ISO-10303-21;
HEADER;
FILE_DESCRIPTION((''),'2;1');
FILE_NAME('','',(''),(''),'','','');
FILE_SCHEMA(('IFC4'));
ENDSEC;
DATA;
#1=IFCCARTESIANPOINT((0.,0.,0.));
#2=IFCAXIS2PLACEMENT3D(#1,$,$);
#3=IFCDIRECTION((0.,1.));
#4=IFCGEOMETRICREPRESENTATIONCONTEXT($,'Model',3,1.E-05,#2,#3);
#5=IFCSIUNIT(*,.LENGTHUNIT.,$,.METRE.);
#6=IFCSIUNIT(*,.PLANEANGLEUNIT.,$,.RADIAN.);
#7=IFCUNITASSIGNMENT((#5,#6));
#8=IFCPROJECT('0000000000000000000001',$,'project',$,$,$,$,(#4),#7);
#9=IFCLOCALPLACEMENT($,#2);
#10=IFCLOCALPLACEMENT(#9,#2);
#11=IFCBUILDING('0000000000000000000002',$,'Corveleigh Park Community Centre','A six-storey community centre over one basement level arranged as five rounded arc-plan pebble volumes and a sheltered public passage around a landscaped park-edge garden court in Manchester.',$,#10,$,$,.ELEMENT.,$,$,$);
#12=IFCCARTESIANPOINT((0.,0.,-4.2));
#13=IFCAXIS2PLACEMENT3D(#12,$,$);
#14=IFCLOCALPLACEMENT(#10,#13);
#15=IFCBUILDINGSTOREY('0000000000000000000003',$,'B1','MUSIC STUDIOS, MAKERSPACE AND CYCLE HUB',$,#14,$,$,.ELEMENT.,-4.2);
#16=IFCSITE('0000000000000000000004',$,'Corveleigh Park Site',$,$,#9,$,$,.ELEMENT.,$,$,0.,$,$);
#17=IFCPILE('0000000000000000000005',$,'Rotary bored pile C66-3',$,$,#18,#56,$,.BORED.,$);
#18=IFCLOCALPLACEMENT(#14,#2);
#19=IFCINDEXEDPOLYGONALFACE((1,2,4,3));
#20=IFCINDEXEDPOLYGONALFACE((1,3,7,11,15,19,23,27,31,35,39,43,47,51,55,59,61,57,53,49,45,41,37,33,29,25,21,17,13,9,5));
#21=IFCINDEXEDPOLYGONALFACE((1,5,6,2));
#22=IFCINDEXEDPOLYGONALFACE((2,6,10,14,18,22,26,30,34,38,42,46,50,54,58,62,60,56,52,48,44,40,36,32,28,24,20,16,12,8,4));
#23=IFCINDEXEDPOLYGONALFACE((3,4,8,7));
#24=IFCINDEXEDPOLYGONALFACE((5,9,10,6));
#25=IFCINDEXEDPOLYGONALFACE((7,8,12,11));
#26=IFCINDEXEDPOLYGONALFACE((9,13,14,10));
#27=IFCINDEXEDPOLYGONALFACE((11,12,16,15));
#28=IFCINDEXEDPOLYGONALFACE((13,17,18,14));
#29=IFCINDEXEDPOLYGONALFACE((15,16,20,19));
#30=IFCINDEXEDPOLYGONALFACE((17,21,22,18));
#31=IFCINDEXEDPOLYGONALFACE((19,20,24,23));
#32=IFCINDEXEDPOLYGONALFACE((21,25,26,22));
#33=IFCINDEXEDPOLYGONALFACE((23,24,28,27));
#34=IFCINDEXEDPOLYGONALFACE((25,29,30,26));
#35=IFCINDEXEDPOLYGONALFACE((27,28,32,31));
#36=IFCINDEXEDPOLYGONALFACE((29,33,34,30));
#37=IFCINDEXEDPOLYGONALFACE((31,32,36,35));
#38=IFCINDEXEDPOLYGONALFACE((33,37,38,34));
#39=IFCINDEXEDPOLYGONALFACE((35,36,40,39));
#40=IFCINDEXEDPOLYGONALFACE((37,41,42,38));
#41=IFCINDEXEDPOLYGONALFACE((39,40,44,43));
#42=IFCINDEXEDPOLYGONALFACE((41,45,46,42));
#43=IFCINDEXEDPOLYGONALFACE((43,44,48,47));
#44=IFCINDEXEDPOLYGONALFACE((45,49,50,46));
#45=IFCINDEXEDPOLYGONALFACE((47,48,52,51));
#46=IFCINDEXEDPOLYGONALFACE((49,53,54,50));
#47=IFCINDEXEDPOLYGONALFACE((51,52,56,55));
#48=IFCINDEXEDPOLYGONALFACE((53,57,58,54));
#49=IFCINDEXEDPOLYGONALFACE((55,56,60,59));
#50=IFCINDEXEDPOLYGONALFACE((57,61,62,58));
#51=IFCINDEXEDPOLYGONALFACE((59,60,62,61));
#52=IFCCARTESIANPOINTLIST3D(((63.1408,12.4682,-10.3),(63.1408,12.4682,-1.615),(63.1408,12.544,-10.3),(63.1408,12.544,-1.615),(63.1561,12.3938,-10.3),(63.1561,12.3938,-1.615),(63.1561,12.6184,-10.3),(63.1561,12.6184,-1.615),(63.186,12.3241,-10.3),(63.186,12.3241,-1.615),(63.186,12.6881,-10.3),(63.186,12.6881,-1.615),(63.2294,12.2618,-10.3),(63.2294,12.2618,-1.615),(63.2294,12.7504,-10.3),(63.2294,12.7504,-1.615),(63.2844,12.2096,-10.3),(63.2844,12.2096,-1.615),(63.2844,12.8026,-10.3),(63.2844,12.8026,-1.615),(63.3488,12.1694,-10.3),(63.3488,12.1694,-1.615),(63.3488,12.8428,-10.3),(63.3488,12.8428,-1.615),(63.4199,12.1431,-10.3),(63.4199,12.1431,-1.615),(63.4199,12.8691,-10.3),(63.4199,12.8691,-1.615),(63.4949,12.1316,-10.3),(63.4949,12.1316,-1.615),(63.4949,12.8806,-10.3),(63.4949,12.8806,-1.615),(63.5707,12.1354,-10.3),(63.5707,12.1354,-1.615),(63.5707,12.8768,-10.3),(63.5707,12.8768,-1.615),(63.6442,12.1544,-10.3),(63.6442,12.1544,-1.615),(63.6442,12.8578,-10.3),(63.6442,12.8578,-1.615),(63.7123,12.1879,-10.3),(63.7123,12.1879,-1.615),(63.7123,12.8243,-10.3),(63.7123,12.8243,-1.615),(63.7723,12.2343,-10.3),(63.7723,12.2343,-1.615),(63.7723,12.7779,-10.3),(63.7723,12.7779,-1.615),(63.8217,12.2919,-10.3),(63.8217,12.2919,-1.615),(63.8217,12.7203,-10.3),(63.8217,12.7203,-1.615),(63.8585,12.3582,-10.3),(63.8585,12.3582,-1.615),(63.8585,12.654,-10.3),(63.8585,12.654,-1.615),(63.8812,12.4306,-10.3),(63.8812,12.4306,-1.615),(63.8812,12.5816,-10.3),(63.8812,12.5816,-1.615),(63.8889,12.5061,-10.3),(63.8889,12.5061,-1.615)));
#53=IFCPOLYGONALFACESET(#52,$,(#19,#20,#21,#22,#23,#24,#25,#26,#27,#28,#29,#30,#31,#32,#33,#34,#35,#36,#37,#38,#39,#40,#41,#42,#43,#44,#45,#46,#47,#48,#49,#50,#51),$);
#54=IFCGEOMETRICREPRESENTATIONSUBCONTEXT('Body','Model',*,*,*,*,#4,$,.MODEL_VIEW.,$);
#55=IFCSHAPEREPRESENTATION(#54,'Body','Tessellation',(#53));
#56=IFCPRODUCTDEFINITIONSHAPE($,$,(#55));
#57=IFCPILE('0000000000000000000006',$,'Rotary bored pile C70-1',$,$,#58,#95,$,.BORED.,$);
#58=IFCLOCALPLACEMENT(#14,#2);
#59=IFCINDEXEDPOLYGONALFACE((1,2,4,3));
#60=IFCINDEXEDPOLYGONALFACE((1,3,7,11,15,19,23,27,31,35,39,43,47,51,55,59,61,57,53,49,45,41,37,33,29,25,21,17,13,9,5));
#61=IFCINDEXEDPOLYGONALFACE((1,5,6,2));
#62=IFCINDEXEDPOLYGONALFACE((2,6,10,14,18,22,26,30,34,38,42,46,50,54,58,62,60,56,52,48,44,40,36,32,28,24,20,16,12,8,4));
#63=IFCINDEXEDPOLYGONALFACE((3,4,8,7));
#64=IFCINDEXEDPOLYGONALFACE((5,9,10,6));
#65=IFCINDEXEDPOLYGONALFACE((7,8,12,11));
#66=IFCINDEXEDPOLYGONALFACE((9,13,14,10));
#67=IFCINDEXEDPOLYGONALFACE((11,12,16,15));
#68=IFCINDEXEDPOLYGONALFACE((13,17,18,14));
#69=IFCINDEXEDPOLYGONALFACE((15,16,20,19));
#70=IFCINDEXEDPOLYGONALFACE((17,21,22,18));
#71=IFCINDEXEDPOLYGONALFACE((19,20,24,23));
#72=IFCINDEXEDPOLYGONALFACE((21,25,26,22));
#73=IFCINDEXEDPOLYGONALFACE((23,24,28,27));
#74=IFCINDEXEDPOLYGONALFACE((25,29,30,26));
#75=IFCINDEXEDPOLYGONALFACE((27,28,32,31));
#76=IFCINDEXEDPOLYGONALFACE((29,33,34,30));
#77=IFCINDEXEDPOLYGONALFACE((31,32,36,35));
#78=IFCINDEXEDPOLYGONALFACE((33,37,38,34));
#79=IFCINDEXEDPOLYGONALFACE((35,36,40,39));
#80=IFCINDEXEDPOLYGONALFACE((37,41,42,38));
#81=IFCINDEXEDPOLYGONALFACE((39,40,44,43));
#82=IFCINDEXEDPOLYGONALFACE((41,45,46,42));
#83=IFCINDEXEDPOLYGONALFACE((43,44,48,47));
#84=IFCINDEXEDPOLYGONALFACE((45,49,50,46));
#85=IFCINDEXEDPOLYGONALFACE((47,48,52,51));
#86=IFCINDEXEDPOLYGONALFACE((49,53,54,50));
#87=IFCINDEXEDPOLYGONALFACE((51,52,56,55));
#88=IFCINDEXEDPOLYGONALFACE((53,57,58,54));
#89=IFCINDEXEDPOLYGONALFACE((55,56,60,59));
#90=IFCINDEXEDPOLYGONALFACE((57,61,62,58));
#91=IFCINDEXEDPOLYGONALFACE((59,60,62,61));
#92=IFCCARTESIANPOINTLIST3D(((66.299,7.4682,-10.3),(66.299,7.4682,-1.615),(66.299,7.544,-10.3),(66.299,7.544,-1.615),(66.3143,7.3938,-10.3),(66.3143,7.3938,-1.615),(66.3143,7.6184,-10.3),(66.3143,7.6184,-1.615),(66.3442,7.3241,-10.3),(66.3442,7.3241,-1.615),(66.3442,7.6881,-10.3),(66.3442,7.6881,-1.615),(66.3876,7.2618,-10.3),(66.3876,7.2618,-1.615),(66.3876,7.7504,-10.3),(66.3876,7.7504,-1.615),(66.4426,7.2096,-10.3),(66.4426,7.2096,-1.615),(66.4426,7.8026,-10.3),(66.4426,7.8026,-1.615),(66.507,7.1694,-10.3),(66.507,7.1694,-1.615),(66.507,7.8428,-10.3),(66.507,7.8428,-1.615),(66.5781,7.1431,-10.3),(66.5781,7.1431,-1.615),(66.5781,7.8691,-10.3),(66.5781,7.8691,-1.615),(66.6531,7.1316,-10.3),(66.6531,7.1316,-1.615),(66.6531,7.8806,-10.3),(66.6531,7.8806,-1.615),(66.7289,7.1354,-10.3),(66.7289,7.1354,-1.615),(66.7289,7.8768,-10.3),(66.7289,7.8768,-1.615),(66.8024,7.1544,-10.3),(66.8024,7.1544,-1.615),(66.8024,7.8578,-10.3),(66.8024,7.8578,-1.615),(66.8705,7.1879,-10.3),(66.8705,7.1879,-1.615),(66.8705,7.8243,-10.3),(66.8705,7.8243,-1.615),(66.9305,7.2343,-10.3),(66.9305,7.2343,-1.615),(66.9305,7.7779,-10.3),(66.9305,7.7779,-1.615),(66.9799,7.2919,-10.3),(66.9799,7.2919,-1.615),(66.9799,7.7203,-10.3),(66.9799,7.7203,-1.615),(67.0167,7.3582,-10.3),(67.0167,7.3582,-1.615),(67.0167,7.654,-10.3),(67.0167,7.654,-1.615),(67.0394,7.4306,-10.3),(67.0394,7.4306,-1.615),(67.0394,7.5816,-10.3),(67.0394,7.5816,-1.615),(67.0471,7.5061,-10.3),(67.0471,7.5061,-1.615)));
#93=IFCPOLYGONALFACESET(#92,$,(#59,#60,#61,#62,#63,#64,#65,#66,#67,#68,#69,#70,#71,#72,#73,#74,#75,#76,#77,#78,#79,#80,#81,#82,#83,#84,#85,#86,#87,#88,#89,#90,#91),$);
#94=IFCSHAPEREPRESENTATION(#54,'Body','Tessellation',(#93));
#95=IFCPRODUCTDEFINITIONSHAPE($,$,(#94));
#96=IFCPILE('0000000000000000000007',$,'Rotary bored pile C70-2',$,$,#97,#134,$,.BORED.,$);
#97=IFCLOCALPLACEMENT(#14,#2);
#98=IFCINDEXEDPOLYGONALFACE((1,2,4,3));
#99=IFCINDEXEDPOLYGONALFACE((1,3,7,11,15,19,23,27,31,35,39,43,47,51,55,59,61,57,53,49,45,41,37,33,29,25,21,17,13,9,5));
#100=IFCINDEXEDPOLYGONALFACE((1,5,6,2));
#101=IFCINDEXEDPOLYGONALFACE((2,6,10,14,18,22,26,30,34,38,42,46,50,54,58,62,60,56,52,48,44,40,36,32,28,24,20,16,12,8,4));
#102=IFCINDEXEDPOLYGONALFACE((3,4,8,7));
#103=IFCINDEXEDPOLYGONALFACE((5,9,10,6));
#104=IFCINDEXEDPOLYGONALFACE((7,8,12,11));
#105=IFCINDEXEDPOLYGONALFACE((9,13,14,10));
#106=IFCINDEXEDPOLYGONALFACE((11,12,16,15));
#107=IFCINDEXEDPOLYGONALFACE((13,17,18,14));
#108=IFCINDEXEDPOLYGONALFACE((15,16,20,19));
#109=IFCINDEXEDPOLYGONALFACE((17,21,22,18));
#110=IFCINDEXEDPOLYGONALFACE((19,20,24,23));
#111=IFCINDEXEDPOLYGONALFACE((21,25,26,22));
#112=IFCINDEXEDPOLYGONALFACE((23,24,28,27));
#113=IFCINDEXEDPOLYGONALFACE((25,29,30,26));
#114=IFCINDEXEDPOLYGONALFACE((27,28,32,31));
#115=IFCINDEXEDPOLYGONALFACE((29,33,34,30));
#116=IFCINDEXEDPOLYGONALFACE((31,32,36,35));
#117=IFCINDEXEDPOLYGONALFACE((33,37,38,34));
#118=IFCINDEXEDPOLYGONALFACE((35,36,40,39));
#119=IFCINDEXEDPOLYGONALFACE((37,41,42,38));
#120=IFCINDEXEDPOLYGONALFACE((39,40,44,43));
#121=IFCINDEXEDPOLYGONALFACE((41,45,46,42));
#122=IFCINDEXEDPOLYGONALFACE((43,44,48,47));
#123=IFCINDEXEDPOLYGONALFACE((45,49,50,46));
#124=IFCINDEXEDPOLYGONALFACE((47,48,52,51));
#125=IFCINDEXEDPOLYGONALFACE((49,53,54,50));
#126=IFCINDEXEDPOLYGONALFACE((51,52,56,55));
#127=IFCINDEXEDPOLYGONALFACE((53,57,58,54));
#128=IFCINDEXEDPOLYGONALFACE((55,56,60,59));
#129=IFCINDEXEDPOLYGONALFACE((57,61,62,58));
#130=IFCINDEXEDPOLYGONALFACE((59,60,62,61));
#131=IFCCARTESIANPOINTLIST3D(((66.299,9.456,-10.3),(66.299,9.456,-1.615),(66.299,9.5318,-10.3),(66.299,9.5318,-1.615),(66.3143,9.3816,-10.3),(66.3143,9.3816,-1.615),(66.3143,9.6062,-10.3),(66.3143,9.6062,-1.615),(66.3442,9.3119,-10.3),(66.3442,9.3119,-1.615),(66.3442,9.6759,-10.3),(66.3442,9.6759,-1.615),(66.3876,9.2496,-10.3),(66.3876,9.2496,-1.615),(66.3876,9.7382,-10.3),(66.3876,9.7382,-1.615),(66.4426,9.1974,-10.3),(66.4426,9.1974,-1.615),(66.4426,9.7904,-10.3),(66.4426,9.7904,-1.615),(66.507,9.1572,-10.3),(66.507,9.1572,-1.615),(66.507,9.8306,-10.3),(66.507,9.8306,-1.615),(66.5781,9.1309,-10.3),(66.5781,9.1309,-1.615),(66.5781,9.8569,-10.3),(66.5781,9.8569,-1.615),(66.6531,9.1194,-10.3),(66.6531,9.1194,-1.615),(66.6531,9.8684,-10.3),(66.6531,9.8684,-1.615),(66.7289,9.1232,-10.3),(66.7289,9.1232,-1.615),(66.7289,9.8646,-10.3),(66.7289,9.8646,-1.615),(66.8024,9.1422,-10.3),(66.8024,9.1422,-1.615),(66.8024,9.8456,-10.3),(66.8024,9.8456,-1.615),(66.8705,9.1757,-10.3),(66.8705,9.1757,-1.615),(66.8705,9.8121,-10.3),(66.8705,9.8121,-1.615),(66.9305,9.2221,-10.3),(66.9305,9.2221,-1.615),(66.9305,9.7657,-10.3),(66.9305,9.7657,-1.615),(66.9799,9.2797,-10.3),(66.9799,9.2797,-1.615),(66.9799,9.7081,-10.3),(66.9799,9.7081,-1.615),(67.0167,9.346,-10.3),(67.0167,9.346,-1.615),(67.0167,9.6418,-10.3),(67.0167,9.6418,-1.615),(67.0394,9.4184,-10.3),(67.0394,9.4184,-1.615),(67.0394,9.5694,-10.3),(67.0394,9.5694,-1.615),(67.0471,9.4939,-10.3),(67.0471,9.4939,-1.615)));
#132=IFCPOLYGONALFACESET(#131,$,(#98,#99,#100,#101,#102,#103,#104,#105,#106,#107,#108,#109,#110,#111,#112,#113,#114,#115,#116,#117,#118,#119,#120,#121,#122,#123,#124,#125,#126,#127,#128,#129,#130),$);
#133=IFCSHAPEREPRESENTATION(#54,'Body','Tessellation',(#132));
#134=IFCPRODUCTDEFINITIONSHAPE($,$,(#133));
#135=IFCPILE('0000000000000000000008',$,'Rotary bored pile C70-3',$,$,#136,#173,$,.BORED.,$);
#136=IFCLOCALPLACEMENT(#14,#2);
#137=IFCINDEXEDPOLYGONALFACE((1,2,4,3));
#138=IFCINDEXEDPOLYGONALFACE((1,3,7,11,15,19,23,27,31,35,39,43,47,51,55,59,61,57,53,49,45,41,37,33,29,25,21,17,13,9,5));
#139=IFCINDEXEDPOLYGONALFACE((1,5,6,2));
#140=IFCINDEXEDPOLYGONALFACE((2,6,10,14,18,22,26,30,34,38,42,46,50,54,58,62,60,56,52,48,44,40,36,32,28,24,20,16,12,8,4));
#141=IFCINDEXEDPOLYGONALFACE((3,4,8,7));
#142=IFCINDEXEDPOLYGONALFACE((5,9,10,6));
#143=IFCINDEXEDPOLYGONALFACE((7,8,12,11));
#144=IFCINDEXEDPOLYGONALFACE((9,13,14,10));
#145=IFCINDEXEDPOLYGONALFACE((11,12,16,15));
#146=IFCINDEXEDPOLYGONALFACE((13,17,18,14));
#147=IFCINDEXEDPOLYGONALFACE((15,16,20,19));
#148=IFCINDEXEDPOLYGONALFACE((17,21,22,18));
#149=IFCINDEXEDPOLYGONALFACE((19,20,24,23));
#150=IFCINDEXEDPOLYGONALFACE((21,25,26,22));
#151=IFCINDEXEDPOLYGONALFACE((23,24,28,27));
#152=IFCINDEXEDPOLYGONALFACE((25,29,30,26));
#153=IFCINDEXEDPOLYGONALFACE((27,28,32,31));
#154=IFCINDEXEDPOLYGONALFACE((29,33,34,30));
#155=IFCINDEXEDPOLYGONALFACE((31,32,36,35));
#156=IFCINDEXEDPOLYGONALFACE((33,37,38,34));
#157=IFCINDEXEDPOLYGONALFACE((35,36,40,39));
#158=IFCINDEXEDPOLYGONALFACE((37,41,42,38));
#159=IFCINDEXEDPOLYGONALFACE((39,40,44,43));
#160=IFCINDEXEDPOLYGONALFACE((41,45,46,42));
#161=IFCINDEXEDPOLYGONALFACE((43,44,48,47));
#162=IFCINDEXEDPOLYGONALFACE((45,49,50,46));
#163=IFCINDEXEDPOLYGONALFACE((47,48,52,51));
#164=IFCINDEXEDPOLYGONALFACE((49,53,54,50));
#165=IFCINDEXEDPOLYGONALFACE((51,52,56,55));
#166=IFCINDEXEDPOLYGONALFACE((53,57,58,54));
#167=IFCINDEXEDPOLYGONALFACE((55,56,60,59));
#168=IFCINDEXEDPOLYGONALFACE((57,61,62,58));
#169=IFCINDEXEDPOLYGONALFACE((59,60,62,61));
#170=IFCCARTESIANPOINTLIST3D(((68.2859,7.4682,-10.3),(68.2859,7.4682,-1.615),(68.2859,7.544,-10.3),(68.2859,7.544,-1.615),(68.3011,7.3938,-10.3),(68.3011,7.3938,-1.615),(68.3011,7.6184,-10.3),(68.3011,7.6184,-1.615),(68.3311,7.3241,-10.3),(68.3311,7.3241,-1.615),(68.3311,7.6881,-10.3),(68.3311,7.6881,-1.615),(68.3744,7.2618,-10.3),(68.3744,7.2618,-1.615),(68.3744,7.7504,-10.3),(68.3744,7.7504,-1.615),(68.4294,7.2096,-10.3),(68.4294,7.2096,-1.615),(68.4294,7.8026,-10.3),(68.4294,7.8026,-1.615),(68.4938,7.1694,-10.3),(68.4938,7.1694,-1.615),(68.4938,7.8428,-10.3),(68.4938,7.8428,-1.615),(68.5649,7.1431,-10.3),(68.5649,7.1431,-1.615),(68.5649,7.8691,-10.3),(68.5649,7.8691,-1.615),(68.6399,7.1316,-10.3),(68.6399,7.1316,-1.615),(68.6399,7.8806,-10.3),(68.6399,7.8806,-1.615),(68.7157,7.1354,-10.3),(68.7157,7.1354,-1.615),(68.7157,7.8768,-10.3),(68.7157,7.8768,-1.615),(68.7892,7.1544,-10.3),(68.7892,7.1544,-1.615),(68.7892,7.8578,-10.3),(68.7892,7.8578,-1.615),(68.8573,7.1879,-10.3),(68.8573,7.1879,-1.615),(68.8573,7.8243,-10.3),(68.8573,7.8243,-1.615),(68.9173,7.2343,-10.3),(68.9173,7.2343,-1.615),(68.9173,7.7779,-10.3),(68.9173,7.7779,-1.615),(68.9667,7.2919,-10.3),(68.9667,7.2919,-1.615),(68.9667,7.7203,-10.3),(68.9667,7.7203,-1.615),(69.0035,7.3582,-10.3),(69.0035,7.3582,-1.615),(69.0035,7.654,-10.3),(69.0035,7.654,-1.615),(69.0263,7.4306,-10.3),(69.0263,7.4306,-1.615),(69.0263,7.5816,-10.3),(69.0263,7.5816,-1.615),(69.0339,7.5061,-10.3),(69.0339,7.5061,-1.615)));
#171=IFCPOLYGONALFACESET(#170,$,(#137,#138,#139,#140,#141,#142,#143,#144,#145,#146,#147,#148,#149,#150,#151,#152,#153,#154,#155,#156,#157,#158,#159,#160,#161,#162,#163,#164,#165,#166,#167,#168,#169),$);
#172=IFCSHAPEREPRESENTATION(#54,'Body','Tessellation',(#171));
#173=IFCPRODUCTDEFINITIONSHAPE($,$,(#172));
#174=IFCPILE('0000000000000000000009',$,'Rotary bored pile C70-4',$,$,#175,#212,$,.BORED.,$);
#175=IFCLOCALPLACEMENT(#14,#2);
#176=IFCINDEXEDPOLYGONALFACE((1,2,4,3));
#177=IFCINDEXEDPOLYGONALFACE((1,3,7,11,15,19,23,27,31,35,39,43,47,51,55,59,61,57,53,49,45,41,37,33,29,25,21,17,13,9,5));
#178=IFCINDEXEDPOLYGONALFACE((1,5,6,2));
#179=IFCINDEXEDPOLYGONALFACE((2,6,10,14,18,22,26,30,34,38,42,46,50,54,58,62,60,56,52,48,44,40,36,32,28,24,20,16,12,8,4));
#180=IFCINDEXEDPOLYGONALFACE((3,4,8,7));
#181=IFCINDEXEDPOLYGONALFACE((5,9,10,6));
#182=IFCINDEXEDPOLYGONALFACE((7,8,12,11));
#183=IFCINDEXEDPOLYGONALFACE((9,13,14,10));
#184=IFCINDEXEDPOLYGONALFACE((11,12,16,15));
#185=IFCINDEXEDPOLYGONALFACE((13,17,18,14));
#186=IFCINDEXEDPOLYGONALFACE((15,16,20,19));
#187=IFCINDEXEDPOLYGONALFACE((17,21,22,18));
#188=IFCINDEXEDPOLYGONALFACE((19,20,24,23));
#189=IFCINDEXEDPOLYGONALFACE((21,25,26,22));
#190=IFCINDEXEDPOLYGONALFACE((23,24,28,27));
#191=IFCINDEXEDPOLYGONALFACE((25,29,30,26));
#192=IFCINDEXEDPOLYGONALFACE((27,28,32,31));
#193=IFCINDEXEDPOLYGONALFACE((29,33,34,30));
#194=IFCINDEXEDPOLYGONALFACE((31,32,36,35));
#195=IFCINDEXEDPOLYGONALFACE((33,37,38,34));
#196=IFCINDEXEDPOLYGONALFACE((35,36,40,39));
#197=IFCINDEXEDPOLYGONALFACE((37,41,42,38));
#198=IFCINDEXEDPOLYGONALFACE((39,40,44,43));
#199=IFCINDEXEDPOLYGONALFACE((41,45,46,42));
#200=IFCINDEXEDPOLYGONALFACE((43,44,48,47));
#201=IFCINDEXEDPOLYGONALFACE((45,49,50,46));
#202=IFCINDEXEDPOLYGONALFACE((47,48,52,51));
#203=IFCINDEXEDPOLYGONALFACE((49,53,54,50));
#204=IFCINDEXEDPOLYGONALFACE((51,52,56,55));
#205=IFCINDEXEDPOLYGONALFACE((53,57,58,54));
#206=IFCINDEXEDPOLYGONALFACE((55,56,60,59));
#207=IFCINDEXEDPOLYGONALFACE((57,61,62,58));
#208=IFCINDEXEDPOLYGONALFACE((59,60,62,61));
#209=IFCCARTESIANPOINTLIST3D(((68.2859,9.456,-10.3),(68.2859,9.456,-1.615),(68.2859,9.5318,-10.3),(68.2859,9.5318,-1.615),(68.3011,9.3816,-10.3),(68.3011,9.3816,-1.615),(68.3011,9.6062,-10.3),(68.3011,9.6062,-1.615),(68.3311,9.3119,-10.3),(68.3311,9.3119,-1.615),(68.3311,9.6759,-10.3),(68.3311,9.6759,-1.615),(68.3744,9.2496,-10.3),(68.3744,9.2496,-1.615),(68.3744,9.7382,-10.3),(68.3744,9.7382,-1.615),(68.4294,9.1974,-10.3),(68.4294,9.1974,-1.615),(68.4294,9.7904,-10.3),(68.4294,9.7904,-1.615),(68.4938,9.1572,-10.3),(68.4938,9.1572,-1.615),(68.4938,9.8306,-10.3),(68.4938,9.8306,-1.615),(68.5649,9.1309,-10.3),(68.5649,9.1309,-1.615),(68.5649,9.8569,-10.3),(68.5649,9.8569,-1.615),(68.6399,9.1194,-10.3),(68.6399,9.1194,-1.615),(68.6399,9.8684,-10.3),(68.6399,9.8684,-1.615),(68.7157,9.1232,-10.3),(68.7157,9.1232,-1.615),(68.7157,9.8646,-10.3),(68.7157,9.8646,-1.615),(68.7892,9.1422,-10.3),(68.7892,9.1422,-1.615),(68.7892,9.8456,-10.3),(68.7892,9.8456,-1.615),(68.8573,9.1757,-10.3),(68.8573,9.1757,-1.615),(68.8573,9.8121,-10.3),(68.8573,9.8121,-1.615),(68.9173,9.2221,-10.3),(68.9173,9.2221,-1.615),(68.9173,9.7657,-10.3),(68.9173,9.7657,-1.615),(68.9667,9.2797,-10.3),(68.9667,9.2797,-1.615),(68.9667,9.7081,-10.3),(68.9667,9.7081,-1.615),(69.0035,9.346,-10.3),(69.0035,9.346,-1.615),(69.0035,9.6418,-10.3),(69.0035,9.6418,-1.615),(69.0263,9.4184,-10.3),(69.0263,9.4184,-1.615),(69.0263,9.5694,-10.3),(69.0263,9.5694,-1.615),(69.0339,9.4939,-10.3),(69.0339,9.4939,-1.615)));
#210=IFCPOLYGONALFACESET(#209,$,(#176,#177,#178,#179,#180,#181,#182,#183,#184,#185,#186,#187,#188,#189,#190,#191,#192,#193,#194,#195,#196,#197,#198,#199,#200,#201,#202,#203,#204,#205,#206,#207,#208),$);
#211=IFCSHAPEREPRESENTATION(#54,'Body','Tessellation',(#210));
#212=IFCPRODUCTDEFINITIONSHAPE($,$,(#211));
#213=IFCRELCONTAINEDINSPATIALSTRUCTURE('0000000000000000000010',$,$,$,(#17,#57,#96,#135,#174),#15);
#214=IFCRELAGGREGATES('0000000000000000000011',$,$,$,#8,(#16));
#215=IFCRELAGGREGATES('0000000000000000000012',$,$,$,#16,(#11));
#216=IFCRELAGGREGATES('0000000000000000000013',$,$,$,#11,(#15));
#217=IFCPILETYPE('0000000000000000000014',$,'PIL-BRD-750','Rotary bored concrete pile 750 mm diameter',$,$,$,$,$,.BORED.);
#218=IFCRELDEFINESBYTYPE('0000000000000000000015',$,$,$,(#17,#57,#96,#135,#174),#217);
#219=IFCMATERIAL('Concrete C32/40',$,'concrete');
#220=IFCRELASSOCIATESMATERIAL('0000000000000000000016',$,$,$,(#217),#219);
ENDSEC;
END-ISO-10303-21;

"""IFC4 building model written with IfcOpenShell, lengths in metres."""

from ifc_helpers import new_model, si_unit, direction, frame, origin, origin_2d, place, context, subcontext, project, spatial, circle, extrude, material, material_profile, profile_set, type_object, element, save


model = new_model("IFC4")

# Units and contexts
model_context = context("Model", 3, precision=1e-05, world=origin(), true_north=direction((0.0, 1.0)))
body_context = subcontext(model_context, "Body", "Model", "MODEL_VIEW")
ifc_project = project(units=[si_unit("LENGTHUNIT", "METRE"), si_unit("PLANEANGLEUNIT", "RADIAN")], contexts=[model_context])

# Site, building, storey
site_placement = place(None, origin())
site = spatial("IfcSite", under=ifc_project, at=site_placement, Name="Corveleigh Park Site", CompositionType="ELEMENT", RefElevation=0.0)
building_placement = place(site_placement, origin())
building = spatial("IfcBuilding", under=site, at=building_placement, Name="Corveleigh Park Community Centre", Description="A six-storey community centre over one basement level arranged as five rounded arc-plan pebble volumes and a sheltered public passage around a landscaped park-edge garden court in Manchester.", CompositionType="ELEMENT")
storey_placement = place(building_placement, frame((0.0, 0.0, -4.2)))
storey = spatial("IfcBuildingStorey", under=building, at=storey_placement, Name="B1", Description="MUSIC STUDIOS, MAKERSPACE AND CYCLE HUB", CompositionType="ELEMENT", Elevation=-4.2)

# Piles
ifc_material_1 = material(Name="Concrete C32/40", Category="concrete")
ifc_material_profile_1 = material_profile(ifc_material_1, circle(Radius=0.375, at=origin_2d()), Name="BORED-PILE-750", Category="concrete")
ifc_profile_set_1 = profile_set([ifc_material_profile_1], Name="Concrete C32/40")
pile_type = type_object("IfcPileType", Name="PIL-BRD-750", Description="Rotary bored concrete pile 750 mm diameter", PredefinedType="BORED", material=ifc_profile_set_1)
for number, where, z_axis, x_axis, name in (
    (1, (63.5139, 12.5061, -1.615), (0.0, 0.0, -1.0), (1.0, 0.0, 0.0), "Rotary bored pile C66-3"),
    (2, (66.6721, 7.5061, -1.615), (0.0, 0.0, -1.0), (1.0, 0.0, 0.0), "Rotary bored pile C70-1"),
    (3, (66.6721, 9.4939, -1.615), (0.0, 0.0, -1.0), (1.0, 0.0, 0.0), "Rotary bored pile C70-2"),
    (4, (68.6589, 7.5061, -1.615), (0.0, 0.0, -1.0), (1.0, 0.0, 0.0), "Rotary bored pile C70-3"),
    (5, (68.6589, 9.4939, -1.615), (0.0, 0.0, -1.0), (1.0, 0.0, 0.0), "Rotary bored pile C70-4"),
):
    element("IfcPile", number, at=place(storey_placement, frame(where, z_axis=z_axis, x_axis=x_axis)), inside=storey, type_object=pile_type, Name=name, PredefinedType="BORED", context=body_context, shape_type="SweptSolid", body=[
        extrude(circle(Radius=0.375, at=origin_2d()), origin(), (0.0, 0.0, 1.0), 8.6851),
    ])

save(model, "model.ifc")
